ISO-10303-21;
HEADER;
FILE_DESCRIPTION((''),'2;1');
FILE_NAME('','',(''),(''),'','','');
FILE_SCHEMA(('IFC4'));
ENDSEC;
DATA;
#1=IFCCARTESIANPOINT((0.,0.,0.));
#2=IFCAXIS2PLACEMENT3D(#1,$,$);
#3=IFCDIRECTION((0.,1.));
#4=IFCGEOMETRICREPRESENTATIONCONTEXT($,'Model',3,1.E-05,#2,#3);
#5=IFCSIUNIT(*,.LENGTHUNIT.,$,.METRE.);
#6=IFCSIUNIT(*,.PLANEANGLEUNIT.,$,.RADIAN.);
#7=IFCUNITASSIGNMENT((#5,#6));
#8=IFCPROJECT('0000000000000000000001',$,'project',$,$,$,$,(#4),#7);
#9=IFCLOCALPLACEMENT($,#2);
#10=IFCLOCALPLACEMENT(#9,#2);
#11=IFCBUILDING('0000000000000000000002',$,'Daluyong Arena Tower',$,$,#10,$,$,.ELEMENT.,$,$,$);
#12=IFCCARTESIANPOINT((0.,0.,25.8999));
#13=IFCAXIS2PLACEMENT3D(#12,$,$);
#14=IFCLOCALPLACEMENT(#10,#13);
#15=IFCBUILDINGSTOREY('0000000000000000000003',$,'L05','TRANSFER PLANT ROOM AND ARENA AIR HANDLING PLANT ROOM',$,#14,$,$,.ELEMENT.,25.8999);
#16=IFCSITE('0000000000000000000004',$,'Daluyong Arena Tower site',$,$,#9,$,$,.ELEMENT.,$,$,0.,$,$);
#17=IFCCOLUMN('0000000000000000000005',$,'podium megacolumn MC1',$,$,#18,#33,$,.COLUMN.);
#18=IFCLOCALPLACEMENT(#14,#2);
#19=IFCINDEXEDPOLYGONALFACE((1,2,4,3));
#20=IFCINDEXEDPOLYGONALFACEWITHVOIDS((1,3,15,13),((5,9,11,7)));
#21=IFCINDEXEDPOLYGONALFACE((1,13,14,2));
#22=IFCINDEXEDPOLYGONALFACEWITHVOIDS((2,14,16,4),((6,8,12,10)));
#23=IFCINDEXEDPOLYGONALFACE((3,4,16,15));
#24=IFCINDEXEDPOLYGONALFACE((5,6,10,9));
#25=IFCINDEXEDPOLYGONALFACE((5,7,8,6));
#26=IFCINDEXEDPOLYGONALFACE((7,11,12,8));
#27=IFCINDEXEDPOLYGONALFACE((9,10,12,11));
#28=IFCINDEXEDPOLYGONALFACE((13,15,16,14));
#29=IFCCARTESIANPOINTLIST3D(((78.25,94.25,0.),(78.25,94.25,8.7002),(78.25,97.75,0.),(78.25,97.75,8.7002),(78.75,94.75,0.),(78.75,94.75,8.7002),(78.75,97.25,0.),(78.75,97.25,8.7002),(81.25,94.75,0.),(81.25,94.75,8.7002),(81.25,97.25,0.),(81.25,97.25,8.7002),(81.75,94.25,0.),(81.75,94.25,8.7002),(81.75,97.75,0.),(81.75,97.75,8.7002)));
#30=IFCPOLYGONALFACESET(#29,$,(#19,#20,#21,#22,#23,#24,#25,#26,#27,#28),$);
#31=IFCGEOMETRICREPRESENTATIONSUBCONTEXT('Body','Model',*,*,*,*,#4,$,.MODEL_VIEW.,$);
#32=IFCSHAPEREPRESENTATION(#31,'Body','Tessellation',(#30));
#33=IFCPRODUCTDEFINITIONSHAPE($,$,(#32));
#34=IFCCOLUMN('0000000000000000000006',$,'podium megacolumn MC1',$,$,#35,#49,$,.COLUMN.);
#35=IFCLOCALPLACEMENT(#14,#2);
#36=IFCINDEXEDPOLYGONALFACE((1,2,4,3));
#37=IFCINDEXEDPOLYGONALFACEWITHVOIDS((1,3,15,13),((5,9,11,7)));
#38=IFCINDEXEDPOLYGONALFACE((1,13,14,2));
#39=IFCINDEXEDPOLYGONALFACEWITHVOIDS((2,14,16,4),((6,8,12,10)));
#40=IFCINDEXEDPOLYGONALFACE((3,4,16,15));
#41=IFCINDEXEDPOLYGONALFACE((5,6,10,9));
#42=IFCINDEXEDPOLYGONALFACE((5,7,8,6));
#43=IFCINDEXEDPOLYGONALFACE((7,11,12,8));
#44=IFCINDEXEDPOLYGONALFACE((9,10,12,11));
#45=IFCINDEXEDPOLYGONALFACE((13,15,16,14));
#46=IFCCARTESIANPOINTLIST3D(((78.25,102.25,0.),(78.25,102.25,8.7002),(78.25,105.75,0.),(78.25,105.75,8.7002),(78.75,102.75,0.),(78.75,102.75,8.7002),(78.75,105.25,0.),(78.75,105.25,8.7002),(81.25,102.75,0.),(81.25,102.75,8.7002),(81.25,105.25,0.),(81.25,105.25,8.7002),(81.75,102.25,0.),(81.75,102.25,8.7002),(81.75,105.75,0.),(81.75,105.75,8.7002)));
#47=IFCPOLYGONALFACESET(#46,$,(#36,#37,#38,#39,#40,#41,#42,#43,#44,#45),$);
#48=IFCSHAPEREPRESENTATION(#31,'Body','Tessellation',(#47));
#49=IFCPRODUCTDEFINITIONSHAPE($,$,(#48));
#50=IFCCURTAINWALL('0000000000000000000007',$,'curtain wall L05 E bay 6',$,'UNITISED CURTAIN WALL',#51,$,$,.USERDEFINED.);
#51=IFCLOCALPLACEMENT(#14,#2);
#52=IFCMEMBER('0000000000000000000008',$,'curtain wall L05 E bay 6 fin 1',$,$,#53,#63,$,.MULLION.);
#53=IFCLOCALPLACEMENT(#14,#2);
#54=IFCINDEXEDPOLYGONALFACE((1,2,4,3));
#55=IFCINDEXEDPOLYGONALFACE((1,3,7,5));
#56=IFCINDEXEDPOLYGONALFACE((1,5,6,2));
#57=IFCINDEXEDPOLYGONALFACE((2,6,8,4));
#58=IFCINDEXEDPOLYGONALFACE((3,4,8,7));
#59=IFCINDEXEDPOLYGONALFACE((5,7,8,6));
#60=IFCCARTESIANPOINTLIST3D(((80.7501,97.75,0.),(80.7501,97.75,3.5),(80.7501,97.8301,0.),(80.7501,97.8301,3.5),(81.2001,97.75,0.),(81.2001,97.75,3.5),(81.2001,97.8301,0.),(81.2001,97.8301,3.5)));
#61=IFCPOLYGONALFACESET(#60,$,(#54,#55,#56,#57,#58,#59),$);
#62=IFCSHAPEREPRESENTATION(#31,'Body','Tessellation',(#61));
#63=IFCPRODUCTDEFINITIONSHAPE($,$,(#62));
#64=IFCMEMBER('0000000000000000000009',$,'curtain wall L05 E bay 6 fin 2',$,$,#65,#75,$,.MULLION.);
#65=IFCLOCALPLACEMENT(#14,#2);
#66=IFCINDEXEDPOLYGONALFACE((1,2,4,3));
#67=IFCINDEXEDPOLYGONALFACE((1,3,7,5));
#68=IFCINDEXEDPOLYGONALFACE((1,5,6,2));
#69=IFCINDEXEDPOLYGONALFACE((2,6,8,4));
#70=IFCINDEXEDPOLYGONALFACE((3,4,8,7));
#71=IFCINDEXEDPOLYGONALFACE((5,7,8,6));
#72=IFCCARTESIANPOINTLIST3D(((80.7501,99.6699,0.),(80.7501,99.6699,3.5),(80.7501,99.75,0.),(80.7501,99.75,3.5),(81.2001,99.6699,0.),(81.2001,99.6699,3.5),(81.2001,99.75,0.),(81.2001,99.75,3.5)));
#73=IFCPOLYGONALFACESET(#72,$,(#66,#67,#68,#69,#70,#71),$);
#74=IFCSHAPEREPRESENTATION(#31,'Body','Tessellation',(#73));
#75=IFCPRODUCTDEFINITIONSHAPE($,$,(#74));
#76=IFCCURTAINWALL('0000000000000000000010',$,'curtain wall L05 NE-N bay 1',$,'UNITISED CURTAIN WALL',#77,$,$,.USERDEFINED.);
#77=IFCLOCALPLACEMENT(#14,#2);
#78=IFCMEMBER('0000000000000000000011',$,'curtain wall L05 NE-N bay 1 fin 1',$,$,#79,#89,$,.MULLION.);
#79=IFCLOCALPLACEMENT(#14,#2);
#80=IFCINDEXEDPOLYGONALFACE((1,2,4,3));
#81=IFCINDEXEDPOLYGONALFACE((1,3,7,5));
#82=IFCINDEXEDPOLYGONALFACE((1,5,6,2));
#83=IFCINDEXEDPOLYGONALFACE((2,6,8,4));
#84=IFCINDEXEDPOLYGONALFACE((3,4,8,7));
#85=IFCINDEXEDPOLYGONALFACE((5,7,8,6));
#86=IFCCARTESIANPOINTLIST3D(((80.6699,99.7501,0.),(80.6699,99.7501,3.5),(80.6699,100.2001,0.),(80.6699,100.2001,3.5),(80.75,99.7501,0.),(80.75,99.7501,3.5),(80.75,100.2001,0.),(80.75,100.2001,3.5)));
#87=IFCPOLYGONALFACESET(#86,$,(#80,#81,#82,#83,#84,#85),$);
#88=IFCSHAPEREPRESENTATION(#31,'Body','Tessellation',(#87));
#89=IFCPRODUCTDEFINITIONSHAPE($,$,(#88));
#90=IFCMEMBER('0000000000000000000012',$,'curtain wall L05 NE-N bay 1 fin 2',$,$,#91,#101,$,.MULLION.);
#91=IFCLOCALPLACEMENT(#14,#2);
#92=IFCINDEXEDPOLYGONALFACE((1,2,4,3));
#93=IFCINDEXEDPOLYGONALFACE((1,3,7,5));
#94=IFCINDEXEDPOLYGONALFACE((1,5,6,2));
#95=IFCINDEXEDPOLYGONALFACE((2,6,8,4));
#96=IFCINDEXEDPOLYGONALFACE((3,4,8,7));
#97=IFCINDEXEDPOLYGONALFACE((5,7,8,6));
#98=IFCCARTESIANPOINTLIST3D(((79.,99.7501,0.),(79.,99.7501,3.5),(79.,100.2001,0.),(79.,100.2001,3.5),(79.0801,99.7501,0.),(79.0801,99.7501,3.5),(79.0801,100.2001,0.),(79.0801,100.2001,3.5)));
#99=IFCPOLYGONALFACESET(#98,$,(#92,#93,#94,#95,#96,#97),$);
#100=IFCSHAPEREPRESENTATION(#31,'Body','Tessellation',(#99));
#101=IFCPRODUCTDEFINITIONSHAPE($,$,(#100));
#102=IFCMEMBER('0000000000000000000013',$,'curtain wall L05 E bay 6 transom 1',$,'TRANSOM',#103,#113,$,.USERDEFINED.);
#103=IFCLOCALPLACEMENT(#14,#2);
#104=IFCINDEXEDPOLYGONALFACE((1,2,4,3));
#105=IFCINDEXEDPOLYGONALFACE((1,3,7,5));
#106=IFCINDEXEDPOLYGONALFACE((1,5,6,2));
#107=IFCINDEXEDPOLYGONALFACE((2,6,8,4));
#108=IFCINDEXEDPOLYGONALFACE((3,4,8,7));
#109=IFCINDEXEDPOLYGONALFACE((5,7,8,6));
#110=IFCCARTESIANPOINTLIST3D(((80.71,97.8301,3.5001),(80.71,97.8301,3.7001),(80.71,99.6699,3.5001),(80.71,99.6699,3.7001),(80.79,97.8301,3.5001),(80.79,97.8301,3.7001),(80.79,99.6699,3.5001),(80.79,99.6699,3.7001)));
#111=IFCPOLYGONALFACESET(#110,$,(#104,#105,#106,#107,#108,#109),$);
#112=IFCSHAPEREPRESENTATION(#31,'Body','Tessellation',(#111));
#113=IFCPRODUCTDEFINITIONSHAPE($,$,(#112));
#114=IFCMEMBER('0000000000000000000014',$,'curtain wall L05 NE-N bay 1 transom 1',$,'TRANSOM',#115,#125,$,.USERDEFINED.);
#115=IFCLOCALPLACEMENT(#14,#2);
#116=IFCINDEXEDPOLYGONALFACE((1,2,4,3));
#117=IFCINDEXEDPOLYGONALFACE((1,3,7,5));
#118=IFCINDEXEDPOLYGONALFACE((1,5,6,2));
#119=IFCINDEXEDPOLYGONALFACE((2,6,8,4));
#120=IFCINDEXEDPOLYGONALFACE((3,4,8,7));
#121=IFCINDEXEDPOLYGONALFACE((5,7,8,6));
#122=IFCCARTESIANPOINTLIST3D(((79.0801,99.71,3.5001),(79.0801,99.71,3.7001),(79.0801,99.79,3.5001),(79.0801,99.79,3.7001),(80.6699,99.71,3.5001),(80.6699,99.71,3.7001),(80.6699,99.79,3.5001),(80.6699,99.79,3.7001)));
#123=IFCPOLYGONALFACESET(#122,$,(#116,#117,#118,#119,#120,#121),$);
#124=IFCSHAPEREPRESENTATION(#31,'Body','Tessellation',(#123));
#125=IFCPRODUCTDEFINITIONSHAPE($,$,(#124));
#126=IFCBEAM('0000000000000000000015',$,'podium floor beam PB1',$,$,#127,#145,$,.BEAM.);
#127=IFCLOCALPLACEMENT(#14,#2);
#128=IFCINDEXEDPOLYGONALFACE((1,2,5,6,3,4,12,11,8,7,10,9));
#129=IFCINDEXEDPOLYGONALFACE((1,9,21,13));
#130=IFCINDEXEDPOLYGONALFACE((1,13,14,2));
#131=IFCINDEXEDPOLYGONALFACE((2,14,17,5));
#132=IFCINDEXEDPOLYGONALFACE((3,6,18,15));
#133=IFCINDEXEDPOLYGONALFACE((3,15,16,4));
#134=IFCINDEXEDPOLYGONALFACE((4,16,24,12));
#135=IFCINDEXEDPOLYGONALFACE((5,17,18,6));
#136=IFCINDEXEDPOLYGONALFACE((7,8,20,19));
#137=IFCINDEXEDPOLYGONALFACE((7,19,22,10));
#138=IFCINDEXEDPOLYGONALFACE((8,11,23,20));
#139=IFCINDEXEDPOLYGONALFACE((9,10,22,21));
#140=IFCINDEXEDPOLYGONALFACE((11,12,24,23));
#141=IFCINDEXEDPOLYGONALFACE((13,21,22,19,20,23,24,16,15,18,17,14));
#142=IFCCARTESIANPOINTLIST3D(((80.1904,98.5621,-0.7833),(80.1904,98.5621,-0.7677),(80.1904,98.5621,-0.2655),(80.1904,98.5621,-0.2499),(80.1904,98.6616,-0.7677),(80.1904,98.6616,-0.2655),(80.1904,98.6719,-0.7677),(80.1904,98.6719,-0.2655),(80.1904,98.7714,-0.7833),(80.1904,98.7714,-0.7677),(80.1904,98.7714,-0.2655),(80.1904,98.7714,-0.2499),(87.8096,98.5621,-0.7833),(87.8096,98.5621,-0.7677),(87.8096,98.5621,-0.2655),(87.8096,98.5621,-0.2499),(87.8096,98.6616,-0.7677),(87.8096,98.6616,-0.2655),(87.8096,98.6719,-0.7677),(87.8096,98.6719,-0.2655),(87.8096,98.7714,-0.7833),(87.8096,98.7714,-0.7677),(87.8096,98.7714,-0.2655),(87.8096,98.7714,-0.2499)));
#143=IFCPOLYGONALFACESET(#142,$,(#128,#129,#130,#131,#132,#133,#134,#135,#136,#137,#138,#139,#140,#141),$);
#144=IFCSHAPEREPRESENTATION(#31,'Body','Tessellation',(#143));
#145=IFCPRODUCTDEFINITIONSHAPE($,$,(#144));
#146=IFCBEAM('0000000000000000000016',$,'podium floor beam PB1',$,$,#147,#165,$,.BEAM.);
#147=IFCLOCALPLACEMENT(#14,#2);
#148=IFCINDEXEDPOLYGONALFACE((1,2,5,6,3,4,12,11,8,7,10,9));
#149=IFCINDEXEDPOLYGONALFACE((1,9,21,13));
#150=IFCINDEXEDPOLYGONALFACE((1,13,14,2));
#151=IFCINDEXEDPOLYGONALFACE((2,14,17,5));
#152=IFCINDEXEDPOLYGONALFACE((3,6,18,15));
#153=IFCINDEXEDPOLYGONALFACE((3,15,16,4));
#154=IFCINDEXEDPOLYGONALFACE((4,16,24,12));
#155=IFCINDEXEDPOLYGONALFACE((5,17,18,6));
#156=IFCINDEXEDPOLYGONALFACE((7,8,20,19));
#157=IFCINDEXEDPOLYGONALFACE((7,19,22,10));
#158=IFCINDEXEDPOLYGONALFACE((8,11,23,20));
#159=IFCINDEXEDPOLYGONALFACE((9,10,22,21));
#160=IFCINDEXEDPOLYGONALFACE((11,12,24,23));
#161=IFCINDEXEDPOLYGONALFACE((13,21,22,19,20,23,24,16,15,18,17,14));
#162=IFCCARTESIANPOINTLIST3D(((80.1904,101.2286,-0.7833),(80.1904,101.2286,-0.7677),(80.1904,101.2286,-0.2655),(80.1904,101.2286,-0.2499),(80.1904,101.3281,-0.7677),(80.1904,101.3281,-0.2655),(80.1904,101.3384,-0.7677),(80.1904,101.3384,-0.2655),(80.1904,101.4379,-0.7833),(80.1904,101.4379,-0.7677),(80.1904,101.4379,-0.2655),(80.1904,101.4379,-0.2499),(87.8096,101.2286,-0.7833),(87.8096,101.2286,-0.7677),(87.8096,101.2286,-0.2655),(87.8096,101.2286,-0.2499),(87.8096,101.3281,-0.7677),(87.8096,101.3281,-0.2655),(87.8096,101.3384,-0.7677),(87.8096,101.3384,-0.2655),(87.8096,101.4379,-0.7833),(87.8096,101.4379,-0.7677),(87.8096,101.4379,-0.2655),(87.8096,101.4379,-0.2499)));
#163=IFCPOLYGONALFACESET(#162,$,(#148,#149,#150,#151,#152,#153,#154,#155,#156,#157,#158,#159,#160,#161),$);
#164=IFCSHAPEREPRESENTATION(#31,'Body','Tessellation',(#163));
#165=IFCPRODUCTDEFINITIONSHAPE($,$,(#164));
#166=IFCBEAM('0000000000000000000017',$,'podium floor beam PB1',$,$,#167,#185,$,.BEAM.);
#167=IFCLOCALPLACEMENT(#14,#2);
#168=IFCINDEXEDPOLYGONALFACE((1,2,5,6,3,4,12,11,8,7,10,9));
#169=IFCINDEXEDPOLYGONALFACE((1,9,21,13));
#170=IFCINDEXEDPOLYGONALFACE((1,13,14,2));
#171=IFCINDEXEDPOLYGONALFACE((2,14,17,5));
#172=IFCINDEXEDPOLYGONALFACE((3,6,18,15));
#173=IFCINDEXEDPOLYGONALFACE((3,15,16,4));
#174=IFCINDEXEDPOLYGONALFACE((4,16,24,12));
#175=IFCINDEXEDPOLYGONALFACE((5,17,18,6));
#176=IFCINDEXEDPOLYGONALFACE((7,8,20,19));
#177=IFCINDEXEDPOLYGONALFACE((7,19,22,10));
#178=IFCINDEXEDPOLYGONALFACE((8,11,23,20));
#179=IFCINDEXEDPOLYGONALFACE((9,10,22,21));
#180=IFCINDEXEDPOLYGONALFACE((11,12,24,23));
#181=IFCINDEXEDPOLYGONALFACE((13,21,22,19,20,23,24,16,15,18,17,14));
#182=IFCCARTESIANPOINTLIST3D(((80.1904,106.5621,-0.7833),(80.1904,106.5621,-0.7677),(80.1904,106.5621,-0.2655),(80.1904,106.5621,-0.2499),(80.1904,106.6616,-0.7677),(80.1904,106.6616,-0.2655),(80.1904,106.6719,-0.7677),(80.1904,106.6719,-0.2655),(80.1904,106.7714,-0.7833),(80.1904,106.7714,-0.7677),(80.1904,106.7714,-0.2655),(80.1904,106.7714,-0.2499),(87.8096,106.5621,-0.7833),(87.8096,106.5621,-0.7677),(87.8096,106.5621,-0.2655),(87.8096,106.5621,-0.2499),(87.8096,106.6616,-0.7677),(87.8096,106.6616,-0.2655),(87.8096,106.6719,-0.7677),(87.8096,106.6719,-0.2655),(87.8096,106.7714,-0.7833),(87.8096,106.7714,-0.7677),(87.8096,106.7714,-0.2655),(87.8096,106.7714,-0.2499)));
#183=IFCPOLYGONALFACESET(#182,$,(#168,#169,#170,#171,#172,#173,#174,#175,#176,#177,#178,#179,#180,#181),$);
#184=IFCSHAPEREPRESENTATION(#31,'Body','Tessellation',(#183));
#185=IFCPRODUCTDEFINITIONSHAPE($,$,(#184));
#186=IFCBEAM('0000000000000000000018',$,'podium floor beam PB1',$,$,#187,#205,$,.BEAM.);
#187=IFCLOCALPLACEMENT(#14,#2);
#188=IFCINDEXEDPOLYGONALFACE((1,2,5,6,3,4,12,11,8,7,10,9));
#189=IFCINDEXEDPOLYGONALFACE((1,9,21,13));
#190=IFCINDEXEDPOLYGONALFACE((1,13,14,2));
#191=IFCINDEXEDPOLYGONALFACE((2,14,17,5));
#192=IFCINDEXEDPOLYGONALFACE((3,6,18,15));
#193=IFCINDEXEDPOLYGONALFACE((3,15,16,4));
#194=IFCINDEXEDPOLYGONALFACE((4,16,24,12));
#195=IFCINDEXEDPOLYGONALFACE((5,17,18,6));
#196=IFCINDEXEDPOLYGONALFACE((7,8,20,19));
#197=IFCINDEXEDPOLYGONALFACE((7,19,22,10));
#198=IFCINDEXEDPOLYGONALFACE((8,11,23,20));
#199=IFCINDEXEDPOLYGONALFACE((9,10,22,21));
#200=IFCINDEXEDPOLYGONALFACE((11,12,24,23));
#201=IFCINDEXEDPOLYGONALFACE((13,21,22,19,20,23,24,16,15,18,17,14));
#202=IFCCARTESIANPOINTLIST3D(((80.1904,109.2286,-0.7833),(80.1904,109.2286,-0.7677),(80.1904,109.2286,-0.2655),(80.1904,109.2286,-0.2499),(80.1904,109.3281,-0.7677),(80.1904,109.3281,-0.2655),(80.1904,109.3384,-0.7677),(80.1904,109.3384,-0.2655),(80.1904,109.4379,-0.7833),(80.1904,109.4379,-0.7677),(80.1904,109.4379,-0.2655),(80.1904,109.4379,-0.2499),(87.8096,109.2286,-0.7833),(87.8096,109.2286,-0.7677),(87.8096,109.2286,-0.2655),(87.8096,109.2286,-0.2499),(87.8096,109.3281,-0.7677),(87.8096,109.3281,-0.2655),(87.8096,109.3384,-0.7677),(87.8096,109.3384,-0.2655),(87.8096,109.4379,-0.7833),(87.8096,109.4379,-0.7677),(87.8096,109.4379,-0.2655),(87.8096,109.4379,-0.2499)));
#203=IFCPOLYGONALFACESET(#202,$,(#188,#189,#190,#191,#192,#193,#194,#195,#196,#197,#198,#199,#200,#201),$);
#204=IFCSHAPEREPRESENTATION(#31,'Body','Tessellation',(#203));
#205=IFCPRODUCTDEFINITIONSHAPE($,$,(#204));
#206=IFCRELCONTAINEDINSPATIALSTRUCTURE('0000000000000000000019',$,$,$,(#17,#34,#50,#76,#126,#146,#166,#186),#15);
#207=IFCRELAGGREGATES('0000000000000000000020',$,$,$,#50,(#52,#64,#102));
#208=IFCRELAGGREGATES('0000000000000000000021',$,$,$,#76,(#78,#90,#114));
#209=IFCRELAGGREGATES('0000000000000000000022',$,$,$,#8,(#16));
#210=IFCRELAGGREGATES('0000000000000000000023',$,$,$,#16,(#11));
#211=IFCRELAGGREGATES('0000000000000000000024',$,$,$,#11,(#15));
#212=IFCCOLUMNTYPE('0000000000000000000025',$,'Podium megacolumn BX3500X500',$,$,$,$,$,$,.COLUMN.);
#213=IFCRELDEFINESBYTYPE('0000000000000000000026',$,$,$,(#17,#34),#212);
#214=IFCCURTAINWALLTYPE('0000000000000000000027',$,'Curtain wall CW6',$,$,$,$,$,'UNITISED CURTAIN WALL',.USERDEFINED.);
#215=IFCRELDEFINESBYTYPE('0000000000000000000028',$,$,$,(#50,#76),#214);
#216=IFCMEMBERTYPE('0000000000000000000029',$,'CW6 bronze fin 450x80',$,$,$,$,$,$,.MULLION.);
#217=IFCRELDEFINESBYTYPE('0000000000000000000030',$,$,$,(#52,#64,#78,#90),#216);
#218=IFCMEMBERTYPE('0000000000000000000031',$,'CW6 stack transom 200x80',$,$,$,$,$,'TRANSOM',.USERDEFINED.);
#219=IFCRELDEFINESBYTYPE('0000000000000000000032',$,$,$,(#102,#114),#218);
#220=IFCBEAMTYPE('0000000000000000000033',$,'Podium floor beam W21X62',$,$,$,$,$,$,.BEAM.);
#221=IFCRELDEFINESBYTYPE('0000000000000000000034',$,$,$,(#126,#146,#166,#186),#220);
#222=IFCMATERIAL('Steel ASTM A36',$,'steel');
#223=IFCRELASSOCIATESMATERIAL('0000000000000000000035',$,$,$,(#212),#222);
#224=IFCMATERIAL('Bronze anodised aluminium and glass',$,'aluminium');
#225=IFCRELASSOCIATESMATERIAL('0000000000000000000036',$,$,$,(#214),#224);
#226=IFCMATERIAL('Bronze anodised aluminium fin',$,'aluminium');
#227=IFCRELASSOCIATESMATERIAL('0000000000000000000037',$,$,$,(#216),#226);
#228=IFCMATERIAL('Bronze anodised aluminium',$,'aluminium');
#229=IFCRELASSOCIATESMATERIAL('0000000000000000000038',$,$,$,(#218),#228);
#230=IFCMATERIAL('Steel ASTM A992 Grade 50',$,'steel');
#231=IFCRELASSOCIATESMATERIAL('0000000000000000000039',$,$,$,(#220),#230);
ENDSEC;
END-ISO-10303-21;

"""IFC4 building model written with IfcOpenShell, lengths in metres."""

from ifc_helpers import new_model, si_unit, direction, frame, origin, origin_2d, place, context, subcontext, project, spatial, rectangle, hollow_rectangle, i_section, extrude, material, material_profile, profile_set, type_object, element, aggregate, save


model = new_model("IFC4")

# Units and contexts
model_context = context("Model", 3, precision=1e-05, world=origin(), true_north=direction((0.0, 1.0)))
body_context = subcontext(model_context, "Body", "Model", "MODEL_VIEW")
ifc_project = project(units=[si_unit("LENGTHUNIT", "METRE"), si_unit("PLANEANGLEUNIT", "RADIAN")], contexts=[model_context])

# Site, building, storey
site_placement = place(None, origin())
site = spatial("IfcSite", under=ifc_project, at=site_placement, Name="Daluyong Arena Tower site", CompositionType="ELEMENT", RefElevation=0.0)
building_placement = place(site_placement, origin())
building = spatial("IfcBuilding", under=site, at=building_placement, Name="Daluyong Arena Tower", CompositionType="ELEMENT")
storey_placement = place(building_placement, frame((0.0, 0.0, 25.8999)))
storey = spatial("IfcBuildingStorey", under=building, at=storey_placement, Name="L05", Description="TRANSFER PLANT ROOM AND ARENA AIR HANDLING PLANT ROOM", CompositionType="ELEMENT", Elevation=25.8999)

# Columns
ifc_material_1 = material(Name="Steel ASTM A36", Category="steel")
ifc_material_profile_1 = material_profile(ifc_material_1, hollow_rectangle(XDim=3.5, YDim=3.5, WallThickness=0.5, at=origin_2d()))
ifc_profile_set_1 = profile_set([ifc_material_profile_1], Name="Steel ASTM A36")
column_type = type_object("IfcColumnType", Name="Podium megacolumn BX3500X500", PredefinedType="COLUMN", material=ifc_profile_set_1)
for number, where, z_axis, x_axis, name in (
    (1, (80.0, 96.0, 0.0), (0.0, 0.0, 1.0), (1.0, 0.0, 0.0), "podium megacolumn MC1"),
    (2, (80.0, 104.0, 0.0), (0.0, 0.0, 1.0), (1.0, 0.0, 0.0), "podium megacolumn MC1"),
):
    element("IfcColumn", number, at=place(storey_placement, frame(where, z_axis=z_axis, x_axis=x_axis)), inside=storey, type_object=column_type, Name=name, PredefinedType="COLUMN", context=body_context, shape_type="SweptSolid", body=[
        extrude(hollow_rectangle(XDim=3.5, YDim=3.5, WallThickness=0.5, at=origin_2d()), origin(), (0.0, 0.0, 1.0), 8.7002),
    ])

# Curtain walls, members
ifc_material_2 = material(Name="Bronze anodised aluminium and glass", Category="aluminium")
curtain_wall_type = type_object("IfcCurtainWallType", Name="Curtain wall CW6", ElementType="UNITISED CURTAIN WALL", PredefinedType="USERDEFINED", material=ifc_material_2)
curtain_wall_1_placement = place(storey_placement, origin())
curtain_wall_1 = element("IfcCurtainWall", 3, at=curtain_wall_1_placement, inside=storey, type_object=curtain_wall_type, Name="curtain wall L05 E bay 6", ObjectType="UNITISED CURTAIN WALL", PredefinedType="USERDEFINED")
ifc_material_3 = material(Name="Bronze anodised aluminium fin", Category="aluminium")
ifc_material_profile_2 = material_profile(ifc_material_3, rectangle(XDim=0.45, YDim=0.0801, at=origin_2d()))
ifc_profile_set_2 = profile_set([ifc_material_profile_2], Name="Bronze anodised aluminium fin")
member_type_1 = type_object("IfcMemberType", Name="CW6 bronze fin 450x80", PredefinedType="MULLION", material=ifc_profile_set_2)
member_1_placement = place(storey_placement, frame((80.9751, 97.79, 0.0), z_axis=(0.0, 0.0, 1.0), x_axis=(-1.0, 0.0, 0.0)))
member_1 = element("IfcMember", 4, at=member_1_placement, type_object=member_type_1, Name="curtain wall L05 E bay 6 fin 1", PredefinedType="MULLION", context=body_context, shape_type="SweptSolid", body=[
    extrude(rectangle(XDim=0.45, YDim=0.0801, at=origin_2d()), origin(), (0.0, 0.0, 1.0), 3.5),
])
member_2_placement = place(storey_placement, frame((80.9751, 99.71, 0.0), z_axis=(0.0, 0.0, 1.0), x_axis=(-1.0, 0.0, 0.0)))
member_2 = element("IfcMember", 5, at=member_2_placement, type_object=member_type_1, Name="curtain wall L05 E bay 6 fin 2", PredefinedType="MULLION", context=body_context, shape_type="SweptSolid", body=[
    extrude(rectangle(XDim=0.45, YDim=0.0801, at=origin_2d()), origin(), (0.0, 0.0, 1.0), 3.5),
])
curtain_wall_2_placement = place(storey_placement, origin())
curtain_wall_2 = element("IfcCurtainWall", 6, at=curtain_wall_2_placement, inside=storey, type_object=curtain_wall_type, Name="curtain wall L05 NE-N bay 1", ObjectType="UNITISED CURTAIN WALL", PredefinedType="USERDEFINED")
member_3_placement = place(storey_placement, frame((80.71, 99.9751, 0.0), z_axis=(0.0, 0.0, 1.0), x_axis=(0.0, -1.0, 0.0)))
member_3 = element("IfcMember", 7, at=member_3_placement, type_object=member_type_1, Name="curtain wall L05 NE-N bay 1 fin 1", PredefinedType="MULLION", context=body_context, shape_type="SweptSolid", body=[
    extrude(rectangle(XDim=0.45, YDim=0.0801, at=origin_2d()), origin(), (0.0, 0.0, 1.0), 3.5),
])
member_4_placement = place(storey_placement, frame((79.04, 99.9751, 0.0), z_axis=(0.0, 0.0, 1.0), x_axis=(0.0, -1.0, 0.0)))
member_4 = element("IfcMember", 8, at=member_4_placement, type_object=member_type_1, Name="curtain wall L05 NE-N bay 1 fin 2", PredefinedType="MULLION", context=body_context, shape_type="SweptSolid", body=[
    extrude(rectangle(XDim=0.45, YDim=0.0801, at=origin_2d()), origin(), (0.0, 0.0, 1.0), 3.5),
])

# Members
ifc_material_4 = material(Name="Bronze anodised aluminium", Category="aluminium")
ifc_material_profile_3 = material_profile(ifc_material_4, rectangle(XDim=0.0801, YDim=0.2, at=origin_2d()))
ifc_profile_set_3 = profile_set([ifc_material_profile_3], Name="Bronze anodised aluminium")
member_type_2 = type_object("IfcMemberType", Name="CW6 stack transom 200x80", ElementType="TRANSOM", PredefinedType="USERDEFINED", material=ifc_profile_set_3)
member_5_placement = place(storey_placement, frame((80.75, 97.8301, 3.6001), z_axis=(0.0, 1.0, 0.0), x_axis=(-1.0, 0.0, 0.0)))
member_5 = element("IfcMember", 9, at=member_5_placement, type_object=member_type_2, Name="curtain wall L05 E bay 6 transom 1", ObjectType="TRANSOM", PredefinedType="USERDEFINED", context=body_context, shape_type="SweptSolid", body=[
    extrude(rectangle(XDim=0.0801, YDim=0.2, at=origin_2d()), origin(), (0.0, 0.0, 1.0), 1.8398),
])
member_6_placement = place(storey_placement, frame((80.6699, 99.75, 3.6001), z_axis=(-1.0, 0.0, 0.0), x_axis=(0.0, -1.0, 0.0)))
member_6 = element("IfcMember", 10, at=member_6_placement, type_object=member_type_2, Name="curtain wall L05 NE-N bay 1 transom 1", ObjectType="TRANSOM", PredefinedType="USERDEFINED", context=body_context, shape_type="SweptSolid", body=[
    extrude(rectangle(XDim=0.0801, YDim=0.2, at=origin_2d()), origin(), (0.0, 0.0, 1.0), 1.5898),
])

# Beams
ifc_material_5 = material(Name="Steel ASTM A992 Grade 50", Category="steel")
ifc_material_profile_4 = material_profile(ifc_material_5, i_section(OverallWidth=0.2092, OverallDepth=0.5334, WebThickness=0.0103, FlangeThickness=0.0156, at=origin_2d()))
ifc_profile_set_4 = profile_set([ifc_material_profile_4], Name="Steel ASTM A992 Grade 50")
beam_type_1 = type_object("IfcBeamType", Name="Podium floor beam W21X62", PredefinedType="BEAM", material=ifc_profile_set_4)
for number, where, z_axis, x_axis, name in (
    (11, (80.1904, 98.6667, -0.5166), (1.0, 0.0, 0.0), (0.0, 1.0, 0.0), "podium floor beam PB1"),
    (12, (80.1904, 101.3333, -0.5166), (1.0, 0.0, 0.0), (0.0, 1.0, 0.0), "podium floor beam PB1"),
    (13, (80.1904, 106.6667, -0.5166), (1.0, 0.0, 0.0), (0.0, 1.0, 0.0), "podium floor beam PB1"),
    (14, (80.1904, 109.3333, -0.5166), (1.0, 0.0, 0.0), (0.0, 1.0, 0.0), "podium floor beam PB1"),
):
    element("IfcBeam", number, at=place(storey_placement, frame(where, z_axis=z_axis, x_axis=x_axis)), inside=storey, type_object=beam_type_1, Name=name, PredefinedType="BEAM", context=body_context, shape_type="SweptSolid", body=[
        extrude(i_section(OverallWidth=0.2092, OverallDepth=0.5334, WebThickness=0.0103, FlangeThickness=0.0156, at=origin_2d()), origin(), (0.0, 0.0, 1.0), 7.6191),
    ])

aggregate(curtain_wall_1, [member_1, member_2, member_5])
aggregate(curtain_wall_2, [member_3, member_4, member_6])

save(model, "model.ifc")
